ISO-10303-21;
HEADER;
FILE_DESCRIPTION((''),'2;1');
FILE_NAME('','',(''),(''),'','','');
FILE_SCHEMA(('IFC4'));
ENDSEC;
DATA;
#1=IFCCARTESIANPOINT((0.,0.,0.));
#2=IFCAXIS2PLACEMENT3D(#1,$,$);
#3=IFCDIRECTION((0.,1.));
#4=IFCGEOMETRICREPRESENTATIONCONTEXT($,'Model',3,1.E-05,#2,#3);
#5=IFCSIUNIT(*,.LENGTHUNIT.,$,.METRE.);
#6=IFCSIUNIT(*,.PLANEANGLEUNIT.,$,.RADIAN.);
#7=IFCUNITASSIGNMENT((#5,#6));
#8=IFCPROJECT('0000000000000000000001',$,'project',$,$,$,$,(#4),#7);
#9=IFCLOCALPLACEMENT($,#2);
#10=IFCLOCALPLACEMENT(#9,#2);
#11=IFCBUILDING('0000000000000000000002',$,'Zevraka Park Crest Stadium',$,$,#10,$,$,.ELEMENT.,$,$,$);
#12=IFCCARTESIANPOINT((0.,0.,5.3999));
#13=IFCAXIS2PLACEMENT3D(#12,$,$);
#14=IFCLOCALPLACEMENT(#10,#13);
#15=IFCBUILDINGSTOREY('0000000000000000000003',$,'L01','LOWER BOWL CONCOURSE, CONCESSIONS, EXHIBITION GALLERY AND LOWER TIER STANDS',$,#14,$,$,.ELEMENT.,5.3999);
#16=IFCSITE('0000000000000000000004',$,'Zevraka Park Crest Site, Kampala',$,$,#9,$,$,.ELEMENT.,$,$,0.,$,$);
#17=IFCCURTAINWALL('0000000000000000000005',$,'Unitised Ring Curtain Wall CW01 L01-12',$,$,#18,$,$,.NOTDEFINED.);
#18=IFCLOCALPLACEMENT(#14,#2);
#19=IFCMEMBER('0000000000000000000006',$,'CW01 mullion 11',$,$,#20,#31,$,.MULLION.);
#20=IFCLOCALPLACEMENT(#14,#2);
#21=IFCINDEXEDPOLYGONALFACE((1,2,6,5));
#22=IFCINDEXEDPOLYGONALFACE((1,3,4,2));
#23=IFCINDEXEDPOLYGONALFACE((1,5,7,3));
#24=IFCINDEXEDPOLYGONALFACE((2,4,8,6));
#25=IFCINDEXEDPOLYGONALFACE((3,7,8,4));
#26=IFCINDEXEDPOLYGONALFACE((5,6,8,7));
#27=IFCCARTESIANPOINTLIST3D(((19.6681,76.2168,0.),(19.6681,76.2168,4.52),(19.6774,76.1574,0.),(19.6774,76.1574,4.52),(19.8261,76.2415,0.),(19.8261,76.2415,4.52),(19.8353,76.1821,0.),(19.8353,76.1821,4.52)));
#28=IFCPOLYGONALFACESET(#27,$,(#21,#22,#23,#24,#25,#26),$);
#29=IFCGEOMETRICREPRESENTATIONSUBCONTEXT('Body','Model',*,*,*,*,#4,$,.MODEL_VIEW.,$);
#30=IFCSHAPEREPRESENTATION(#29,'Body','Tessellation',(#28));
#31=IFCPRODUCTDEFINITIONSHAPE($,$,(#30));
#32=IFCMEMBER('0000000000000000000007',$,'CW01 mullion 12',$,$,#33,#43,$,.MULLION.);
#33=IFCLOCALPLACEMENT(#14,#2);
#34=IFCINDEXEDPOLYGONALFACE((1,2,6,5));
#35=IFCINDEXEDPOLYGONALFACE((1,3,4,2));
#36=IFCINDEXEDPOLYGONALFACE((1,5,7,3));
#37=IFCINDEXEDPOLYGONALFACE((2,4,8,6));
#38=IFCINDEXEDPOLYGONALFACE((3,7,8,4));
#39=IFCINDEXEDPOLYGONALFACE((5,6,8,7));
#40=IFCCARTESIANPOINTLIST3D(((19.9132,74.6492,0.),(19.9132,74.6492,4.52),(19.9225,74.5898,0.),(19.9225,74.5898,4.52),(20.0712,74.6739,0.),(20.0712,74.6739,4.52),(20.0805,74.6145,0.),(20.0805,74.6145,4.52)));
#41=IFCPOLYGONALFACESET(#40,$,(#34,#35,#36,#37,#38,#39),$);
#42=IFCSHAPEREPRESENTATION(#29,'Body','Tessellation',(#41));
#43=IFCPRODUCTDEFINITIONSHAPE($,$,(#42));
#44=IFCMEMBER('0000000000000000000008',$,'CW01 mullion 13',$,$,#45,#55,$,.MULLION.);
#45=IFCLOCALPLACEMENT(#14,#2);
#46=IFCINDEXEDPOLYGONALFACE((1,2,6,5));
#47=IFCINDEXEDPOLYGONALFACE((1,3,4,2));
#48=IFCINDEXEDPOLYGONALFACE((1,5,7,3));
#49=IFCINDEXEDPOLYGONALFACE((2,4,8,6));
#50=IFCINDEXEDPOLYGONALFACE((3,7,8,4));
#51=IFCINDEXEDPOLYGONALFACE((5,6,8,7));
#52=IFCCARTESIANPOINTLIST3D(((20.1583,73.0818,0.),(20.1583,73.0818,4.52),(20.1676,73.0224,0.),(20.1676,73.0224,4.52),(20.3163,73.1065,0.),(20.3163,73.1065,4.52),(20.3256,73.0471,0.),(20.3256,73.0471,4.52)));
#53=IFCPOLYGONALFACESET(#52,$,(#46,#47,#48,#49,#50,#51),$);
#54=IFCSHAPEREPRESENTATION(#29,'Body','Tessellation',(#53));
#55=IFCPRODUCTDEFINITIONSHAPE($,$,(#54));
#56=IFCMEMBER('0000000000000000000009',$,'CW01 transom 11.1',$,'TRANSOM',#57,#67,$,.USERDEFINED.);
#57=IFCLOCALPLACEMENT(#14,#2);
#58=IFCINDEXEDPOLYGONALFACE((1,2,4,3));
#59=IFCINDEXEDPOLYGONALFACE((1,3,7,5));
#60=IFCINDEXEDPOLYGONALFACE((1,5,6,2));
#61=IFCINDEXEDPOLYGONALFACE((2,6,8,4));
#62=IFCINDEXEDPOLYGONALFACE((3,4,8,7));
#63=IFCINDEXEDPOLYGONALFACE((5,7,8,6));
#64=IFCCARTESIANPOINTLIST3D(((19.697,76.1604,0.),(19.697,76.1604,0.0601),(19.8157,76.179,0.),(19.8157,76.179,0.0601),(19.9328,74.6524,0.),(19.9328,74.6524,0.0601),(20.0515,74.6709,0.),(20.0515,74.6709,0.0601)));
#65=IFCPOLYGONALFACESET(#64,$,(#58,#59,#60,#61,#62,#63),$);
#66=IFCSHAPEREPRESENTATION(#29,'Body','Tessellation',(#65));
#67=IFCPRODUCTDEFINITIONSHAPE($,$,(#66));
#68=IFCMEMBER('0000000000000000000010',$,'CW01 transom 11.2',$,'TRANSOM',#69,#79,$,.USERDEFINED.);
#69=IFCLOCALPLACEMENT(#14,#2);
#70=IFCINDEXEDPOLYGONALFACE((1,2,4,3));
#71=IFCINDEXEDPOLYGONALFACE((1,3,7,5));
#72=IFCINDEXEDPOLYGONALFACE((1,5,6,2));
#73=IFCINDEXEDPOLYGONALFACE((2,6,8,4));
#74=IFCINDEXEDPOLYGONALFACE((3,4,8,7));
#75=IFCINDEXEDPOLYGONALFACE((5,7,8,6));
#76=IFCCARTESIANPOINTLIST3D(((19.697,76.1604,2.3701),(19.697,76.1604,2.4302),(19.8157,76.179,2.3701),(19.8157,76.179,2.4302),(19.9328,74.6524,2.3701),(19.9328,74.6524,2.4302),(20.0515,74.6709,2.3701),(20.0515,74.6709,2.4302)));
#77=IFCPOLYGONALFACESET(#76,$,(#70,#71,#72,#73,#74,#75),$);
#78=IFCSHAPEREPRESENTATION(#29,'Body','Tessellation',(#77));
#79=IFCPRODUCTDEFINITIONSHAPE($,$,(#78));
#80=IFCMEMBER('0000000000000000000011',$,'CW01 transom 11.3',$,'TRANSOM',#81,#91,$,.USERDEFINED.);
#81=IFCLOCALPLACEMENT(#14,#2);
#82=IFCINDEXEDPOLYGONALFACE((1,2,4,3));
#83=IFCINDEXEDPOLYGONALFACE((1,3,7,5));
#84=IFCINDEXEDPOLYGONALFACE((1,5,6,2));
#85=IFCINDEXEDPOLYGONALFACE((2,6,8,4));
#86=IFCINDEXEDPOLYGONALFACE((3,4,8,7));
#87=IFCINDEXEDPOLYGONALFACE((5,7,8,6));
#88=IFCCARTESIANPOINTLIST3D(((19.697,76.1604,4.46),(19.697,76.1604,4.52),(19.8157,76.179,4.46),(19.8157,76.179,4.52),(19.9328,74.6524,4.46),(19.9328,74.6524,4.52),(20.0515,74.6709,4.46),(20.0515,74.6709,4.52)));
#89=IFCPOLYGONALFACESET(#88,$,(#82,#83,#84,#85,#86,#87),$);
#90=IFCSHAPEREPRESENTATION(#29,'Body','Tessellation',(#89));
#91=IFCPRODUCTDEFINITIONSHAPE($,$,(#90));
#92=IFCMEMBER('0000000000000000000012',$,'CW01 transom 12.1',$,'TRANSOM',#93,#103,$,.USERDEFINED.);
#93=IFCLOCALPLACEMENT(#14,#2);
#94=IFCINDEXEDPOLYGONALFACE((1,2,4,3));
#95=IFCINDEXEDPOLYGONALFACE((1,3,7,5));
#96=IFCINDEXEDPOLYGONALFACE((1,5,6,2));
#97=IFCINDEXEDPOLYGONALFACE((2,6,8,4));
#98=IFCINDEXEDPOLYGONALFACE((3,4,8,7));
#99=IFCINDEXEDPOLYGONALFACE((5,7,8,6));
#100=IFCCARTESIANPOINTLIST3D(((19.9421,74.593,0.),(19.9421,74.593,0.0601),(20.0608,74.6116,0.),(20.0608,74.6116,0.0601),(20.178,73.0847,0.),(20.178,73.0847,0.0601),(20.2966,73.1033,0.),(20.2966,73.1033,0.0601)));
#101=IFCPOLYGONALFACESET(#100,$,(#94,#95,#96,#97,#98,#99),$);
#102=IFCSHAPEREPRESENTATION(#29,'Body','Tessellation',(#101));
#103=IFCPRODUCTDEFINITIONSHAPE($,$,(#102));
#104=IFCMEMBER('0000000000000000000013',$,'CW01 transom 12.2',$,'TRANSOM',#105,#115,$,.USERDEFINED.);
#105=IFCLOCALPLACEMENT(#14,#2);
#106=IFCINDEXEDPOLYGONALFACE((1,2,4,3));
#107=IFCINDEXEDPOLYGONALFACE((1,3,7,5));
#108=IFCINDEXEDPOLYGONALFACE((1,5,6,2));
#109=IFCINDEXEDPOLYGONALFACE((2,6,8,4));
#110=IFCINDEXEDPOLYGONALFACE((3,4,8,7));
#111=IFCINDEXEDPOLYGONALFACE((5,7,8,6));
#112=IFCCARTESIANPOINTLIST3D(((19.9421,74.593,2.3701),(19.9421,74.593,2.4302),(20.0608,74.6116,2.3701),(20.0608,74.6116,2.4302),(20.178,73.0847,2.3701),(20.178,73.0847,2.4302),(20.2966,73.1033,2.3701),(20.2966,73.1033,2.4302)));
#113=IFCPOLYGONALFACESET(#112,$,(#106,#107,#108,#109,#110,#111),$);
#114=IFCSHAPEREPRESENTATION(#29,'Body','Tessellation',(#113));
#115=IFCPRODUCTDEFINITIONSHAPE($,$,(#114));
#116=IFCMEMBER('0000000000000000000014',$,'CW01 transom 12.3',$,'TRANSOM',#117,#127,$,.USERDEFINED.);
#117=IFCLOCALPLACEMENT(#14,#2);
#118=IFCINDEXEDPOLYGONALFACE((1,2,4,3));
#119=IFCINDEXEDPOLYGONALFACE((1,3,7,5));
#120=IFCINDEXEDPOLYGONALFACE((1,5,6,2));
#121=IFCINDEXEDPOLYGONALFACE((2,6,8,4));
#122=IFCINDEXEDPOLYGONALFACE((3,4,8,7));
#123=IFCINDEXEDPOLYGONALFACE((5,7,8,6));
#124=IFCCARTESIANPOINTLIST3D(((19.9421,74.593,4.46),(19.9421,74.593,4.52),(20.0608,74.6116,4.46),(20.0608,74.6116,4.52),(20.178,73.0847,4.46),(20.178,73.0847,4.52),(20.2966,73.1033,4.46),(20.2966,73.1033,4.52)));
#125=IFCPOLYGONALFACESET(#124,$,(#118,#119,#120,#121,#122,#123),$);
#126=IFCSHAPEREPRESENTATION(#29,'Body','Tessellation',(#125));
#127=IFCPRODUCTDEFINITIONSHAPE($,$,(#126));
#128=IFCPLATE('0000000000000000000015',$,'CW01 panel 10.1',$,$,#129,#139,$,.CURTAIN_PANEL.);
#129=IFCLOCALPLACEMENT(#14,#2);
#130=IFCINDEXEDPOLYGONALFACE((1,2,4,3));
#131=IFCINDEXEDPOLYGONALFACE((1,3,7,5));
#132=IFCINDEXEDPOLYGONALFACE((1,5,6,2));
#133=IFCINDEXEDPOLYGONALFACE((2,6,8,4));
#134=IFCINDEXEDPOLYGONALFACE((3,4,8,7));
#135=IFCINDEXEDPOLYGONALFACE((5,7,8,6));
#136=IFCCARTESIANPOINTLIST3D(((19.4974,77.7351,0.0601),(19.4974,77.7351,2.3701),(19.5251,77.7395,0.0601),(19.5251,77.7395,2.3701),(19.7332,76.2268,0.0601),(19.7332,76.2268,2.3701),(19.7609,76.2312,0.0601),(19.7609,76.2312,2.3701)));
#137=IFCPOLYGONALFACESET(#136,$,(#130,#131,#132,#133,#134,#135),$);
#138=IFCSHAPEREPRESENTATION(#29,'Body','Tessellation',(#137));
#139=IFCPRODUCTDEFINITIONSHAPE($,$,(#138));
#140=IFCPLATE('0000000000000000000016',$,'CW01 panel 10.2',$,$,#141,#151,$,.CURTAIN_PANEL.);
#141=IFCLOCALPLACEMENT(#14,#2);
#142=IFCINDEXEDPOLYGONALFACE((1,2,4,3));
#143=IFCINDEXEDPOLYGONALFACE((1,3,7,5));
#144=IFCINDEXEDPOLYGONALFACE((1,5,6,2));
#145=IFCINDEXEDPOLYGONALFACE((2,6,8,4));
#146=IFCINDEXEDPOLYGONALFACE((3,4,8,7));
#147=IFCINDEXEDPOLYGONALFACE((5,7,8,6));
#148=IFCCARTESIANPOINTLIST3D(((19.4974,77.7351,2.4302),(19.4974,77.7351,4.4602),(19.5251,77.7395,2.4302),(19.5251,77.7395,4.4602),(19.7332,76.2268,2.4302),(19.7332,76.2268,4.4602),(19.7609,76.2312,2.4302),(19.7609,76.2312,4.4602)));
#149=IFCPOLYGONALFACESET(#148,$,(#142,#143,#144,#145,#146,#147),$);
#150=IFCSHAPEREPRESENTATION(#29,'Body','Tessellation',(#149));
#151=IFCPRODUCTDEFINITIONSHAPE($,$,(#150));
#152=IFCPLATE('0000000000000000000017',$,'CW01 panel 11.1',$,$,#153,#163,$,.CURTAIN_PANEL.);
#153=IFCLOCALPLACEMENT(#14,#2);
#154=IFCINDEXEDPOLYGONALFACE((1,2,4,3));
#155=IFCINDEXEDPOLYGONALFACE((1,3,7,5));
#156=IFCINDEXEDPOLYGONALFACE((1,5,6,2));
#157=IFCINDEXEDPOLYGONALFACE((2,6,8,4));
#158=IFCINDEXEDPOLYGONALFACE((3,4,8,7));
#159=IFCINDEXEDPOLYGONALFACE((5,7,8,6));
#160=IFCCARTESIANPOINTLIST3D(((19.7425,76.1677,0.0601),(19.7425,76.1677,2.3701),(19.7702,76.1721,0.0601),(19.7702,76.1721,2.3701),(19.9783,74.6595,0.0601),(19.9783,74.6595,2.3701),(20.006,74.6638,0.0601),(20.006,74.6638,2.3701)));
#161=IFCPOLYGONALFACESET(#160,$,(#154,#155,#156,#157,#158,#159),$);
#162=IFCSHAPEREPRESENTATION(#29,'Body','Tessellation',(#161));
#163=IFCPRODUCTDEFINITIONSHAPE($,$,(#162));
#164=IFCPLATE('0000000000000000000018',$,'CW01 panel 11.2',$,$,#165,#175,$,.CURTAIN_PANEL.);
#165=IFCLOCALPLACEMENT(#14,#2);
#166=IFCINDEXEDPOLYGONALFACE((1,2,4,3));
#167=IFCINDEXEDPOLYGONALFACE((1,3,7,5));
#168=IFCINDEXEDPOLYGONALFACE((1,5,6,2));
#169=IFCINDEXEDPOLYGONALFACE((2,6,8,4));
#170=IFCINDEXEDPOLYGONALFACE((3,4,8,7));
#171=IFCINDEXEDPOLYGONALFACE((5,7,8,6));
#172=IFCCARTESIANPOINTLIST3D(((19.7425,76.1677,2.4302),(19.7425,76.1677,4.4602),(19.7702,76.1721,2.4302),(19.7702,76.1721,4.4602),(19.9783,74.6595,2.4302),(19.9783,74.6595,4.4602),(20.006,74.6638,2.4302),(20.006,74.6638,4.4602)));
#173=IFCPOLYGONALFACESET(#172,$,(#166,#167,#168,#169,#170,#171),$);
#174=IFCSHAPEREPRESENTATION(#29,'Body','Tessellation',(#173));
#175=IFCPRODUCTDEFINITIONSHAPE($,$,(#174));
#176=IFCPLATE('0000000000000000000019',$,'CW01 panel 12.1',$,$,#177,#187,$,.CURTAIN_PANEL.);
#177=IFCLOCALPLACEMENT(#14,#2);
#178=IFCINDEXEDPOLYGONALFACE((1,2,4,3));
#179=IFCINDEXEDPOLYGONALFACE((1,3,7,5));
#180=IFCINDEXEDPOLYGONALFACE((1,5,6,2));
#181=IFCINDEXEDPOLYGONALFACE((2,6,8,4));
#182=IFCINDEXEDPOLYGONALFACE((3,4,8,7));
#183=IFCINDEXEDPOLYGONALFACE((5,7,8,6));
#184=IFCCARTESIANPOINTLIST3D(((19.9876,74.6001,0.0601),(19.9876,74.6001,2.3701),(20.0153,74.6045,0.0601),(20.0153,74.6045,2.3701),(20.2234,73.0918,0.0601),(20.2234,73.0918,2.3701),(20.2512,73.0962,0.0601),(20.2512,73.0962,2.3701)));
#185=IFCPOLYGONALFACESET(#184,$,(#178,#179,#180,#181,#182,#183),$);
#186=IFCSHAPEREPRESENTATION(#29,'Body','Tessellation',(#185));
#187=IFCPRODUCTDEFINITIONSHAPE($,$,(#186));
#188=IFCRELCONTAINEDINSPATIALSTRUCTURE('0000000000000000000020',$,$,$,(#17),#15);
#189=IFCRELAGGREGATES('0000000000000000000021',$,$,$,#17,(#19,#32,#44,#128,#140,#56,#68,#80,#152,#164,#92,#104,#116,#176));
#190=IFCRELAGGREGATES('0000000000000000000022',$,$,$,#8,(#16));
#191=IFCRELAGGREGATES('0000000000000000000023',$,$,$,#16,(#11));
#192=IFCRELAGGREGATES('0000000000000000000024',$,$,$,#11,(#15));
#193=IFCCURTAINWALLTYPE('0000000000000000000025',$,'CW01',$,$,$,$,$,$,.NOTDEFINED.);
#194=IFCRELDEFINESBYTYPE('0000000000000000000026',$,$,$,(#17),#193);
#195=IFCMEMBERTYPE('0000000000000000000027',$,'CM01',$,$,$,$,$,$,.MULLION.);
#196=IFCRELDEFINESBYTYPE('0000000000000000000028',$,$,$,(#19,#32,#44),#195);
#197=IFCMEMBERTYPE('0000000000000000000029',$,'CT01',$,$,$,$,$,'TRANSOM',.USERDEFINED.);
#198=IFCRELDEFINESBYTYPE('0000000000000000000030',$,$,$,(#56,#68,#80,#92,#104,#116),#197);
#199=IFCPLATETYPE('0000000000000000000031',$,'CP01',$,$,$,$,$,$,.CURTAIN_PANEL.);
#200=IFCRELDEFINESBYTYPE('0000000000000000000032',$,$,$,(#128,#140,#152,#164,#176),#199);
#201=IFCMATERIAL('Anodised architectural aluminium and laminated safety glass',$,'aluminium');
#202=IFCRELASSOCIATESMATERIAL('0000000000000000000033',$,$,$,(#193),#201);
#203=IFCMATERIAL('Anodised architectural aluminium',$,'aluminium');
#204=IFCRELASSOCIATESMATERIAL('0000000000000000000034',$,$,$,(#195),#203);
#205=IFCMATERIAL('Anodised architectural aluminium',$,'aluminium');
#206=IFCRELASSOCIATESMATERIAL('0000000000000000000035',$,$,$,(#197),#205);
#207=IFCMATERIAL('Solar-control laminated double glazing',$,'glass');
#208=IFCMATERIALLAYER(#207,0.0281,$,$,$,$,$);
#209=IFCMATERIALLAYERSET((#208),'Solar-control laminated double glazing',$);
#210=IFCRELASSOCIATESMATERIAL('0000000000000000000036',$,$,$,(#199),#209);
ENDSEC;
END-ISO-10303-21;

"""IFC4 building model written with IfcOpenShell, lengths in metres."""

from ifc_helpers import new_model, si_unit, direction, frame, origin, origin_2d, place, context, subcontext, project, spatial, rectangle, extrude, material, layer, layer_set, material_profile, profile_set, type_object, element, aggregate, save


model = new_model("IFC4")

# Units and contexts
model_context = context("Model", 3, precision=1e-05, world=origin(), true_north=direction((0.0, 1.0)))
body_context = subcontext(model_context, "Body", "Model", "MODEL_VIEW")
ifc_project = project(units=[si_unit("LENGTHUNIT", "METRE"), si_unit("PLANEANGLEUNIT", "RADIAN")], contexts=[model_context])

# Site, building, storey
site_placement = place(None, origin())
site = spatial("IfcSite", under=ifc_project, at=site_placement, Name="Zevraka Park Crest Site, Kampala", CompositionType="ELEMENT", RefElevation=0.0)
building_placement = place(site_placement, origin())
building = spatial("IfcBuilding", under=site, at=building_placement, Name="Zevraka Park Crest Stadium", CompositionType="ELEMENT")
storey_placement = place(building_placement, frame((0.0, 0.0, 5.3999)))
storey = spatial("IfcBuildingStorey", under=building, at=storey_placement, Name="L01", Description="LOWER BOWL CONCOURSE, CONCESSIONS, EXHIBITION GALLERY AND LOWER TIER STANDS", CompositionType="ELEMENT", Elevation=5.3999)

# Curtain wall, members, plates
ifc_material_1 = material(Name="Anodised architectural aluminium and laminated safety glass", Category="aluminium")
curtain_wall_type = type_object("IfcCurtainWallType", Name="CW01", PredefinedType="NOTDEFINED", material=ifc_material_1)
curtain_wall_placement = place(storey_placement, origin())
curtain_wall = element("IfcCurtainWall", 1, at=curtain_wall_placement, inside=storey, type_object=curtain_wall_type, Name="Unitised Ring Curtain Wall CW01 L01-12", PredefinedType="NOTDEFINED")
ifc_material_2 = material(Name="Anodised architectural aluminium", Category="aluminium")
ifc_material_profile_1 = material_profile(ifc_material_2, rectangle(XDim=0.1599, YDim=0.0601, at=origin_2d()), Name="ALU MULLION 160x60")
ifc_profile_set_1 = profile_set([ifc_material_profile_1], Name="Anodised architectural aluminium")
member_type_1 = type_object("IfcMemberType", Name="CM01", PredefinedType="MULLION", material=ifc_profile_set_1)
member_1_placement = place(storey_placement, frame((19.7517, 76.1995, 0.0), z_axis=(0.0, 0.0, 1.0), x_axis=(0.987997, 0.154476, 0.0)))
member_1 = element("IfcMember", 2, at=member_1_placement, type_object=member_type_1, Name="CW01 mullion 11", PredefinedType="MULLION", context=body_context, shape_type="SweptSolid", body=[
    extrude(rectangle(XDim=0.1599, YDim=0.0601, at=origin_2d()), origin(), (0.0, 0.0, 1.0), 4.52),
])
member_2_placement = place(storey_placement, frame((19.9968, 74.6318, 0.0), z_axis=(0.0, 0.0, 1.0), x_axis=(0.987997, 0.154476, 0.0)))
member_2 = element("IfcMember", 3, at=member_2_placement, type_object=member_type_1, Name="CW01 mullion 12", PredefinedType="MULLION", context=body_context, shape_type="SweptSolid", body=[
    extrude(rectangle(XDim=0.1599, YDim=0.0601, at=origin_2d()), origin(), (0.0, 0.0, 1.0), 4.52),
])
member_3_placement = place(storey_placement, frame((20.2419, 73.0645, 0.0), z_axis=(0.0, 0.0, 1.0), x_axis=(0.987997, 0.154476, 0.0)))
member_3 = element("IfcMember", 4, at=member_3_placement, type_object=member_type_1, Name="CW01 mullion 13", PredefinedType="MULLION", context=body_context, shape_type="SweptSolid", body=[
    extrude(rectangle(XDim=0.1599, YDim=0.0601, at=origin_2d()), origin(), (0.0, 0.0, 1.0), 4.52),
])
ifc_material_3 = material(Name="Anodised architectural aluminium", Category="aluminium")
ifc_material_profile_2 = material_profile(ifc_material_3, rectangle(XDim=0.1201, YDim=0.0601, at=origin_2d()), Name="ALU TRANSOM 120x60")
ifc_profile_set_2 = profile_set([ifc_material_profile_2], Name="Anodised architectural aluminium")
member_type_2 = type_object("IfcMemberType", Name="CT01", ElementType="TRANSOM", PredefinedType="USERDEFINED", material=ifc_profile_set_2)
member_4_placement = place(storey_placement, frame((19.7563, 76.1697, 0.03), z_axis=(0.154509, -0.987991, 0.0), x_axis=(0.987991, 0.154509, 0.0)))
member_4 = element("IfcMember", 5, at=member_4_placement, type_object=member_type_2, Name="CW01 transom 11.1", ObjectType="TRANSOM", PredefinedType="USERDEFINED", context=body_context, shape_type="SweptSolid", body=[
    extrude(rectangle(XDim=0.1201, YDim=0.0601, at=origin_2d()), origin(), (0.0, 0.0, 1.0), 1.5264),
])
member_5_placement = place(storey_placement, frame((19.7563, 76.1697, 2.4001), z_axis=(0.154509, -0.987991, 0.0), x_axis=(0.987991, 0.154509, 0.0)))
member_5 = element("IfcMember", 6, at=member_5_placement, type_object=member_type_2, Name="CW01 transom 11.2", ObjectType="TRANSOM", PredefinedType="USERDEFINED", context=body_context, shape_type="SweptSolid", body=[
    extrude(rectangle(XDim=0.1201, YDim=0.0601, at=origin_2d()), origin(), (0.0, 0.0, 1.0), 1.5264),
])
member_6_placement = place(storey_placement, frame((19.7563, 76.1697, 4.49), z_axis=(0.154509, -0.987991, 0.0), x_axis=(0.987991, 0.154509, 0.0)))
member_6 = element("IfcMember", 7, at=member_6_placement, type_object=member_type_2, Name="CW01 transom 11.3", ObjectType="TRANSOM", PredefinedType="USERDEFINED", context=body_context, shape_type="SweptSolid", body=[
    extrude(rectangle(XDim=0.1201, YDim=0.0601, at=origin_2d()), origin(), (0.0, 0.0, 1.0), 1.5264),
])
member_7_placement = place(storey_placement, frame((20.0015, 74.6023, 0.03), z_axis=(0.154484, -0.987995, 0.0), x_axis=(0.987995, 0.154484, 0.0)))
member_7 = element("IfcMember", 8, at=member_7_placement, type_object=member_type_2, Name="CW01 transom 12.1", ObjectType="TRANSOM", PredefinedType="USERDEFINED", context=body_context, shape_type="SweptSolid", body=[
    extrude(rectangle(XDim=0.1201, YDim=0.0601, at=origin_2d()), origin(), (0.0, 0.0, 1.0), 1.5266),
])
member_8_placement = place(storey_placement, frame((20.0015, 74.6023, 2.4001), z_axis=(0.154484, -0.987995, 0.0), x_axis=(0.987995, 0.154484, 0.0)))
member_8 = element("IfcMember", 9, at=member_8_placement, type_object=member_type_2, Name="CW01 transom 12.2", ObjectType="TRANSOM", PredefinedType="USERDEFINED", context=body_context, shape_type="SweptSolid", body=[
    extrude(rectangle(XDim=0.1201, YDim=0.0601, at=origin_2d()), origin(), (0.0, 0.0, 1.0), 1.5266),
])
member_9_placement = place(storey_placement, frame((20.0015, 74.6023, 4.49), z_axis=(0.154484, -0.987995, 0.0), x_axis=(0.987995, 0.154484, 0.0)))
member_9 = element("IfcMember", 10, at=member_9_placement, type_object=member_type_2, Name="CW01 transom 12.3", ObjectType="TRANSOM", PredefinedType="USERDEFINED", context=body_context, shape_type="SweptSolid", body=[
    extrude(rectangle(XDim=0.1201, YDim=0.0601, at=origin_2d()), origin(), (0.0, 0.0, 1.0), 1.5266),
])
ifc_material_4 = material(Name="Solar-control laminated double glazing", Category="glass")
ifc_layer_1 = layer(ifc_material_4, 0.0281)
ifc_layer_set_1 = layer_set([ifc_layer_1], Name="Solar-control laminated double glazing")
plate_type = type_object("IfcPlateType", Name="CP01", PredefinedType="CURTAIN_PANEL", material=ifc_layer_set_1)
plate_1_placement = place(storey_placement, frame((19.6292, 76.9832, 0.0601), z_axis=(0.0, 0.0, 1.0), x_axis=(0.154476, -0.987997, 0.0)))
plate_1 = element("IfcPlate", 11, at=plate_1_placement, type_object=plate_type, Name="CW01 panel 10.1", PredefinedType="CURTAIN_PANEL", context=body_context, shape_type="SweptSolid", body=[
    extrude(rectangle(XDim=1.5266, YDim=0.0281, at=origin_2d()), origin(), (0.0, 0.0, 1.0), 2.3101),
])
plate_2_placement = place(storey_placement, frame((19.6292, 76.9832, 2.4302), z_axis=(0.0, 0.0, 1.0), x_axis=(0.154476, -0.987997, 0.0)))
plate_2 = element("IfcPlate", 12, at=plate_2_placement, type_object=plate_type, Name="CW01 panel 10.2", PredefinedType="CURTAIN_PANEL", context=body_context, shape_type="SweptSolid", body=[
    extrude(rectangle(XDim=1.5266, YDim=0.0281, at=origin_2d()), origin(), (0.0, 0.0, 1.0), 2.03),
])
plate_3_placement = place(storey_placement, frame((19.8743, 75.4158, 0.0601), z_axis=(0.0, 0.0, 1.0), x_axis=(0.154476, -0.987997, 0.0)))
plate_3 = element("IfcPlate", 13, at=plate_3_placement, type_object=plate_type, Name="CW01 panel 11.1", PredefinedType="CURTAIN_PANEL", context=body_context, shape_type="SweptSolid", body=[
    extrude(rectangle(XDim=1.5266, YDim=0.0281, at=origin_2d()), origin(), (0.0, 0.0, 1.0), 2.3101),
])
plate_4_placement = place(storey_placement, frame((19.8743, 75.4158, 2.4302), z_axis=(0.0, 0.0, 1.0), x_axis=(0.154476, -0.987997, 0.0)))
plate_4 = element("IfcPlate", 14, at=plate_4_placement, type_object=plate_type, Name="CW01 panel 11.2", PredefinedType="CURTAIN_PANEL", context=body_context, shape_type="SweptSolid", body=[
    extrude(rectangle(XDim=1.5266, YDim=0.0281, at=origin_2d()), origin(), (0.0, 0.0, 1.0), 2.03),
])
plate_5_placement = place(storey_placement, frame((20.1194, 73.8481, 0.0601), z_axis=(0.0, 0.0, 1.0), x_axis=(0.154476, -0.987997, 0.0)))
plate_5 = element("IfcPlate", 15, at=plate_5_placement, type_object=plate_type, Name="CW01 panel 12.1", PredefinedType="CURTAIN_PANEL", context=body_context, shape_type="SweptSolid", body=[
    extrude(rectangle(XDim=1.5266, YDim=0.0281, at=origin_2d()), origin(), (0.0, 0.0, 1.0), 2.3101),
])
aggregate(curtain_wall, [member_1, member_2, member_3, plate_1, plate_2, member_4, member_5, member_6, plate_3, plate_4, member_7, member_8, member_9, plate_5])

save(model, "model.ifc")
